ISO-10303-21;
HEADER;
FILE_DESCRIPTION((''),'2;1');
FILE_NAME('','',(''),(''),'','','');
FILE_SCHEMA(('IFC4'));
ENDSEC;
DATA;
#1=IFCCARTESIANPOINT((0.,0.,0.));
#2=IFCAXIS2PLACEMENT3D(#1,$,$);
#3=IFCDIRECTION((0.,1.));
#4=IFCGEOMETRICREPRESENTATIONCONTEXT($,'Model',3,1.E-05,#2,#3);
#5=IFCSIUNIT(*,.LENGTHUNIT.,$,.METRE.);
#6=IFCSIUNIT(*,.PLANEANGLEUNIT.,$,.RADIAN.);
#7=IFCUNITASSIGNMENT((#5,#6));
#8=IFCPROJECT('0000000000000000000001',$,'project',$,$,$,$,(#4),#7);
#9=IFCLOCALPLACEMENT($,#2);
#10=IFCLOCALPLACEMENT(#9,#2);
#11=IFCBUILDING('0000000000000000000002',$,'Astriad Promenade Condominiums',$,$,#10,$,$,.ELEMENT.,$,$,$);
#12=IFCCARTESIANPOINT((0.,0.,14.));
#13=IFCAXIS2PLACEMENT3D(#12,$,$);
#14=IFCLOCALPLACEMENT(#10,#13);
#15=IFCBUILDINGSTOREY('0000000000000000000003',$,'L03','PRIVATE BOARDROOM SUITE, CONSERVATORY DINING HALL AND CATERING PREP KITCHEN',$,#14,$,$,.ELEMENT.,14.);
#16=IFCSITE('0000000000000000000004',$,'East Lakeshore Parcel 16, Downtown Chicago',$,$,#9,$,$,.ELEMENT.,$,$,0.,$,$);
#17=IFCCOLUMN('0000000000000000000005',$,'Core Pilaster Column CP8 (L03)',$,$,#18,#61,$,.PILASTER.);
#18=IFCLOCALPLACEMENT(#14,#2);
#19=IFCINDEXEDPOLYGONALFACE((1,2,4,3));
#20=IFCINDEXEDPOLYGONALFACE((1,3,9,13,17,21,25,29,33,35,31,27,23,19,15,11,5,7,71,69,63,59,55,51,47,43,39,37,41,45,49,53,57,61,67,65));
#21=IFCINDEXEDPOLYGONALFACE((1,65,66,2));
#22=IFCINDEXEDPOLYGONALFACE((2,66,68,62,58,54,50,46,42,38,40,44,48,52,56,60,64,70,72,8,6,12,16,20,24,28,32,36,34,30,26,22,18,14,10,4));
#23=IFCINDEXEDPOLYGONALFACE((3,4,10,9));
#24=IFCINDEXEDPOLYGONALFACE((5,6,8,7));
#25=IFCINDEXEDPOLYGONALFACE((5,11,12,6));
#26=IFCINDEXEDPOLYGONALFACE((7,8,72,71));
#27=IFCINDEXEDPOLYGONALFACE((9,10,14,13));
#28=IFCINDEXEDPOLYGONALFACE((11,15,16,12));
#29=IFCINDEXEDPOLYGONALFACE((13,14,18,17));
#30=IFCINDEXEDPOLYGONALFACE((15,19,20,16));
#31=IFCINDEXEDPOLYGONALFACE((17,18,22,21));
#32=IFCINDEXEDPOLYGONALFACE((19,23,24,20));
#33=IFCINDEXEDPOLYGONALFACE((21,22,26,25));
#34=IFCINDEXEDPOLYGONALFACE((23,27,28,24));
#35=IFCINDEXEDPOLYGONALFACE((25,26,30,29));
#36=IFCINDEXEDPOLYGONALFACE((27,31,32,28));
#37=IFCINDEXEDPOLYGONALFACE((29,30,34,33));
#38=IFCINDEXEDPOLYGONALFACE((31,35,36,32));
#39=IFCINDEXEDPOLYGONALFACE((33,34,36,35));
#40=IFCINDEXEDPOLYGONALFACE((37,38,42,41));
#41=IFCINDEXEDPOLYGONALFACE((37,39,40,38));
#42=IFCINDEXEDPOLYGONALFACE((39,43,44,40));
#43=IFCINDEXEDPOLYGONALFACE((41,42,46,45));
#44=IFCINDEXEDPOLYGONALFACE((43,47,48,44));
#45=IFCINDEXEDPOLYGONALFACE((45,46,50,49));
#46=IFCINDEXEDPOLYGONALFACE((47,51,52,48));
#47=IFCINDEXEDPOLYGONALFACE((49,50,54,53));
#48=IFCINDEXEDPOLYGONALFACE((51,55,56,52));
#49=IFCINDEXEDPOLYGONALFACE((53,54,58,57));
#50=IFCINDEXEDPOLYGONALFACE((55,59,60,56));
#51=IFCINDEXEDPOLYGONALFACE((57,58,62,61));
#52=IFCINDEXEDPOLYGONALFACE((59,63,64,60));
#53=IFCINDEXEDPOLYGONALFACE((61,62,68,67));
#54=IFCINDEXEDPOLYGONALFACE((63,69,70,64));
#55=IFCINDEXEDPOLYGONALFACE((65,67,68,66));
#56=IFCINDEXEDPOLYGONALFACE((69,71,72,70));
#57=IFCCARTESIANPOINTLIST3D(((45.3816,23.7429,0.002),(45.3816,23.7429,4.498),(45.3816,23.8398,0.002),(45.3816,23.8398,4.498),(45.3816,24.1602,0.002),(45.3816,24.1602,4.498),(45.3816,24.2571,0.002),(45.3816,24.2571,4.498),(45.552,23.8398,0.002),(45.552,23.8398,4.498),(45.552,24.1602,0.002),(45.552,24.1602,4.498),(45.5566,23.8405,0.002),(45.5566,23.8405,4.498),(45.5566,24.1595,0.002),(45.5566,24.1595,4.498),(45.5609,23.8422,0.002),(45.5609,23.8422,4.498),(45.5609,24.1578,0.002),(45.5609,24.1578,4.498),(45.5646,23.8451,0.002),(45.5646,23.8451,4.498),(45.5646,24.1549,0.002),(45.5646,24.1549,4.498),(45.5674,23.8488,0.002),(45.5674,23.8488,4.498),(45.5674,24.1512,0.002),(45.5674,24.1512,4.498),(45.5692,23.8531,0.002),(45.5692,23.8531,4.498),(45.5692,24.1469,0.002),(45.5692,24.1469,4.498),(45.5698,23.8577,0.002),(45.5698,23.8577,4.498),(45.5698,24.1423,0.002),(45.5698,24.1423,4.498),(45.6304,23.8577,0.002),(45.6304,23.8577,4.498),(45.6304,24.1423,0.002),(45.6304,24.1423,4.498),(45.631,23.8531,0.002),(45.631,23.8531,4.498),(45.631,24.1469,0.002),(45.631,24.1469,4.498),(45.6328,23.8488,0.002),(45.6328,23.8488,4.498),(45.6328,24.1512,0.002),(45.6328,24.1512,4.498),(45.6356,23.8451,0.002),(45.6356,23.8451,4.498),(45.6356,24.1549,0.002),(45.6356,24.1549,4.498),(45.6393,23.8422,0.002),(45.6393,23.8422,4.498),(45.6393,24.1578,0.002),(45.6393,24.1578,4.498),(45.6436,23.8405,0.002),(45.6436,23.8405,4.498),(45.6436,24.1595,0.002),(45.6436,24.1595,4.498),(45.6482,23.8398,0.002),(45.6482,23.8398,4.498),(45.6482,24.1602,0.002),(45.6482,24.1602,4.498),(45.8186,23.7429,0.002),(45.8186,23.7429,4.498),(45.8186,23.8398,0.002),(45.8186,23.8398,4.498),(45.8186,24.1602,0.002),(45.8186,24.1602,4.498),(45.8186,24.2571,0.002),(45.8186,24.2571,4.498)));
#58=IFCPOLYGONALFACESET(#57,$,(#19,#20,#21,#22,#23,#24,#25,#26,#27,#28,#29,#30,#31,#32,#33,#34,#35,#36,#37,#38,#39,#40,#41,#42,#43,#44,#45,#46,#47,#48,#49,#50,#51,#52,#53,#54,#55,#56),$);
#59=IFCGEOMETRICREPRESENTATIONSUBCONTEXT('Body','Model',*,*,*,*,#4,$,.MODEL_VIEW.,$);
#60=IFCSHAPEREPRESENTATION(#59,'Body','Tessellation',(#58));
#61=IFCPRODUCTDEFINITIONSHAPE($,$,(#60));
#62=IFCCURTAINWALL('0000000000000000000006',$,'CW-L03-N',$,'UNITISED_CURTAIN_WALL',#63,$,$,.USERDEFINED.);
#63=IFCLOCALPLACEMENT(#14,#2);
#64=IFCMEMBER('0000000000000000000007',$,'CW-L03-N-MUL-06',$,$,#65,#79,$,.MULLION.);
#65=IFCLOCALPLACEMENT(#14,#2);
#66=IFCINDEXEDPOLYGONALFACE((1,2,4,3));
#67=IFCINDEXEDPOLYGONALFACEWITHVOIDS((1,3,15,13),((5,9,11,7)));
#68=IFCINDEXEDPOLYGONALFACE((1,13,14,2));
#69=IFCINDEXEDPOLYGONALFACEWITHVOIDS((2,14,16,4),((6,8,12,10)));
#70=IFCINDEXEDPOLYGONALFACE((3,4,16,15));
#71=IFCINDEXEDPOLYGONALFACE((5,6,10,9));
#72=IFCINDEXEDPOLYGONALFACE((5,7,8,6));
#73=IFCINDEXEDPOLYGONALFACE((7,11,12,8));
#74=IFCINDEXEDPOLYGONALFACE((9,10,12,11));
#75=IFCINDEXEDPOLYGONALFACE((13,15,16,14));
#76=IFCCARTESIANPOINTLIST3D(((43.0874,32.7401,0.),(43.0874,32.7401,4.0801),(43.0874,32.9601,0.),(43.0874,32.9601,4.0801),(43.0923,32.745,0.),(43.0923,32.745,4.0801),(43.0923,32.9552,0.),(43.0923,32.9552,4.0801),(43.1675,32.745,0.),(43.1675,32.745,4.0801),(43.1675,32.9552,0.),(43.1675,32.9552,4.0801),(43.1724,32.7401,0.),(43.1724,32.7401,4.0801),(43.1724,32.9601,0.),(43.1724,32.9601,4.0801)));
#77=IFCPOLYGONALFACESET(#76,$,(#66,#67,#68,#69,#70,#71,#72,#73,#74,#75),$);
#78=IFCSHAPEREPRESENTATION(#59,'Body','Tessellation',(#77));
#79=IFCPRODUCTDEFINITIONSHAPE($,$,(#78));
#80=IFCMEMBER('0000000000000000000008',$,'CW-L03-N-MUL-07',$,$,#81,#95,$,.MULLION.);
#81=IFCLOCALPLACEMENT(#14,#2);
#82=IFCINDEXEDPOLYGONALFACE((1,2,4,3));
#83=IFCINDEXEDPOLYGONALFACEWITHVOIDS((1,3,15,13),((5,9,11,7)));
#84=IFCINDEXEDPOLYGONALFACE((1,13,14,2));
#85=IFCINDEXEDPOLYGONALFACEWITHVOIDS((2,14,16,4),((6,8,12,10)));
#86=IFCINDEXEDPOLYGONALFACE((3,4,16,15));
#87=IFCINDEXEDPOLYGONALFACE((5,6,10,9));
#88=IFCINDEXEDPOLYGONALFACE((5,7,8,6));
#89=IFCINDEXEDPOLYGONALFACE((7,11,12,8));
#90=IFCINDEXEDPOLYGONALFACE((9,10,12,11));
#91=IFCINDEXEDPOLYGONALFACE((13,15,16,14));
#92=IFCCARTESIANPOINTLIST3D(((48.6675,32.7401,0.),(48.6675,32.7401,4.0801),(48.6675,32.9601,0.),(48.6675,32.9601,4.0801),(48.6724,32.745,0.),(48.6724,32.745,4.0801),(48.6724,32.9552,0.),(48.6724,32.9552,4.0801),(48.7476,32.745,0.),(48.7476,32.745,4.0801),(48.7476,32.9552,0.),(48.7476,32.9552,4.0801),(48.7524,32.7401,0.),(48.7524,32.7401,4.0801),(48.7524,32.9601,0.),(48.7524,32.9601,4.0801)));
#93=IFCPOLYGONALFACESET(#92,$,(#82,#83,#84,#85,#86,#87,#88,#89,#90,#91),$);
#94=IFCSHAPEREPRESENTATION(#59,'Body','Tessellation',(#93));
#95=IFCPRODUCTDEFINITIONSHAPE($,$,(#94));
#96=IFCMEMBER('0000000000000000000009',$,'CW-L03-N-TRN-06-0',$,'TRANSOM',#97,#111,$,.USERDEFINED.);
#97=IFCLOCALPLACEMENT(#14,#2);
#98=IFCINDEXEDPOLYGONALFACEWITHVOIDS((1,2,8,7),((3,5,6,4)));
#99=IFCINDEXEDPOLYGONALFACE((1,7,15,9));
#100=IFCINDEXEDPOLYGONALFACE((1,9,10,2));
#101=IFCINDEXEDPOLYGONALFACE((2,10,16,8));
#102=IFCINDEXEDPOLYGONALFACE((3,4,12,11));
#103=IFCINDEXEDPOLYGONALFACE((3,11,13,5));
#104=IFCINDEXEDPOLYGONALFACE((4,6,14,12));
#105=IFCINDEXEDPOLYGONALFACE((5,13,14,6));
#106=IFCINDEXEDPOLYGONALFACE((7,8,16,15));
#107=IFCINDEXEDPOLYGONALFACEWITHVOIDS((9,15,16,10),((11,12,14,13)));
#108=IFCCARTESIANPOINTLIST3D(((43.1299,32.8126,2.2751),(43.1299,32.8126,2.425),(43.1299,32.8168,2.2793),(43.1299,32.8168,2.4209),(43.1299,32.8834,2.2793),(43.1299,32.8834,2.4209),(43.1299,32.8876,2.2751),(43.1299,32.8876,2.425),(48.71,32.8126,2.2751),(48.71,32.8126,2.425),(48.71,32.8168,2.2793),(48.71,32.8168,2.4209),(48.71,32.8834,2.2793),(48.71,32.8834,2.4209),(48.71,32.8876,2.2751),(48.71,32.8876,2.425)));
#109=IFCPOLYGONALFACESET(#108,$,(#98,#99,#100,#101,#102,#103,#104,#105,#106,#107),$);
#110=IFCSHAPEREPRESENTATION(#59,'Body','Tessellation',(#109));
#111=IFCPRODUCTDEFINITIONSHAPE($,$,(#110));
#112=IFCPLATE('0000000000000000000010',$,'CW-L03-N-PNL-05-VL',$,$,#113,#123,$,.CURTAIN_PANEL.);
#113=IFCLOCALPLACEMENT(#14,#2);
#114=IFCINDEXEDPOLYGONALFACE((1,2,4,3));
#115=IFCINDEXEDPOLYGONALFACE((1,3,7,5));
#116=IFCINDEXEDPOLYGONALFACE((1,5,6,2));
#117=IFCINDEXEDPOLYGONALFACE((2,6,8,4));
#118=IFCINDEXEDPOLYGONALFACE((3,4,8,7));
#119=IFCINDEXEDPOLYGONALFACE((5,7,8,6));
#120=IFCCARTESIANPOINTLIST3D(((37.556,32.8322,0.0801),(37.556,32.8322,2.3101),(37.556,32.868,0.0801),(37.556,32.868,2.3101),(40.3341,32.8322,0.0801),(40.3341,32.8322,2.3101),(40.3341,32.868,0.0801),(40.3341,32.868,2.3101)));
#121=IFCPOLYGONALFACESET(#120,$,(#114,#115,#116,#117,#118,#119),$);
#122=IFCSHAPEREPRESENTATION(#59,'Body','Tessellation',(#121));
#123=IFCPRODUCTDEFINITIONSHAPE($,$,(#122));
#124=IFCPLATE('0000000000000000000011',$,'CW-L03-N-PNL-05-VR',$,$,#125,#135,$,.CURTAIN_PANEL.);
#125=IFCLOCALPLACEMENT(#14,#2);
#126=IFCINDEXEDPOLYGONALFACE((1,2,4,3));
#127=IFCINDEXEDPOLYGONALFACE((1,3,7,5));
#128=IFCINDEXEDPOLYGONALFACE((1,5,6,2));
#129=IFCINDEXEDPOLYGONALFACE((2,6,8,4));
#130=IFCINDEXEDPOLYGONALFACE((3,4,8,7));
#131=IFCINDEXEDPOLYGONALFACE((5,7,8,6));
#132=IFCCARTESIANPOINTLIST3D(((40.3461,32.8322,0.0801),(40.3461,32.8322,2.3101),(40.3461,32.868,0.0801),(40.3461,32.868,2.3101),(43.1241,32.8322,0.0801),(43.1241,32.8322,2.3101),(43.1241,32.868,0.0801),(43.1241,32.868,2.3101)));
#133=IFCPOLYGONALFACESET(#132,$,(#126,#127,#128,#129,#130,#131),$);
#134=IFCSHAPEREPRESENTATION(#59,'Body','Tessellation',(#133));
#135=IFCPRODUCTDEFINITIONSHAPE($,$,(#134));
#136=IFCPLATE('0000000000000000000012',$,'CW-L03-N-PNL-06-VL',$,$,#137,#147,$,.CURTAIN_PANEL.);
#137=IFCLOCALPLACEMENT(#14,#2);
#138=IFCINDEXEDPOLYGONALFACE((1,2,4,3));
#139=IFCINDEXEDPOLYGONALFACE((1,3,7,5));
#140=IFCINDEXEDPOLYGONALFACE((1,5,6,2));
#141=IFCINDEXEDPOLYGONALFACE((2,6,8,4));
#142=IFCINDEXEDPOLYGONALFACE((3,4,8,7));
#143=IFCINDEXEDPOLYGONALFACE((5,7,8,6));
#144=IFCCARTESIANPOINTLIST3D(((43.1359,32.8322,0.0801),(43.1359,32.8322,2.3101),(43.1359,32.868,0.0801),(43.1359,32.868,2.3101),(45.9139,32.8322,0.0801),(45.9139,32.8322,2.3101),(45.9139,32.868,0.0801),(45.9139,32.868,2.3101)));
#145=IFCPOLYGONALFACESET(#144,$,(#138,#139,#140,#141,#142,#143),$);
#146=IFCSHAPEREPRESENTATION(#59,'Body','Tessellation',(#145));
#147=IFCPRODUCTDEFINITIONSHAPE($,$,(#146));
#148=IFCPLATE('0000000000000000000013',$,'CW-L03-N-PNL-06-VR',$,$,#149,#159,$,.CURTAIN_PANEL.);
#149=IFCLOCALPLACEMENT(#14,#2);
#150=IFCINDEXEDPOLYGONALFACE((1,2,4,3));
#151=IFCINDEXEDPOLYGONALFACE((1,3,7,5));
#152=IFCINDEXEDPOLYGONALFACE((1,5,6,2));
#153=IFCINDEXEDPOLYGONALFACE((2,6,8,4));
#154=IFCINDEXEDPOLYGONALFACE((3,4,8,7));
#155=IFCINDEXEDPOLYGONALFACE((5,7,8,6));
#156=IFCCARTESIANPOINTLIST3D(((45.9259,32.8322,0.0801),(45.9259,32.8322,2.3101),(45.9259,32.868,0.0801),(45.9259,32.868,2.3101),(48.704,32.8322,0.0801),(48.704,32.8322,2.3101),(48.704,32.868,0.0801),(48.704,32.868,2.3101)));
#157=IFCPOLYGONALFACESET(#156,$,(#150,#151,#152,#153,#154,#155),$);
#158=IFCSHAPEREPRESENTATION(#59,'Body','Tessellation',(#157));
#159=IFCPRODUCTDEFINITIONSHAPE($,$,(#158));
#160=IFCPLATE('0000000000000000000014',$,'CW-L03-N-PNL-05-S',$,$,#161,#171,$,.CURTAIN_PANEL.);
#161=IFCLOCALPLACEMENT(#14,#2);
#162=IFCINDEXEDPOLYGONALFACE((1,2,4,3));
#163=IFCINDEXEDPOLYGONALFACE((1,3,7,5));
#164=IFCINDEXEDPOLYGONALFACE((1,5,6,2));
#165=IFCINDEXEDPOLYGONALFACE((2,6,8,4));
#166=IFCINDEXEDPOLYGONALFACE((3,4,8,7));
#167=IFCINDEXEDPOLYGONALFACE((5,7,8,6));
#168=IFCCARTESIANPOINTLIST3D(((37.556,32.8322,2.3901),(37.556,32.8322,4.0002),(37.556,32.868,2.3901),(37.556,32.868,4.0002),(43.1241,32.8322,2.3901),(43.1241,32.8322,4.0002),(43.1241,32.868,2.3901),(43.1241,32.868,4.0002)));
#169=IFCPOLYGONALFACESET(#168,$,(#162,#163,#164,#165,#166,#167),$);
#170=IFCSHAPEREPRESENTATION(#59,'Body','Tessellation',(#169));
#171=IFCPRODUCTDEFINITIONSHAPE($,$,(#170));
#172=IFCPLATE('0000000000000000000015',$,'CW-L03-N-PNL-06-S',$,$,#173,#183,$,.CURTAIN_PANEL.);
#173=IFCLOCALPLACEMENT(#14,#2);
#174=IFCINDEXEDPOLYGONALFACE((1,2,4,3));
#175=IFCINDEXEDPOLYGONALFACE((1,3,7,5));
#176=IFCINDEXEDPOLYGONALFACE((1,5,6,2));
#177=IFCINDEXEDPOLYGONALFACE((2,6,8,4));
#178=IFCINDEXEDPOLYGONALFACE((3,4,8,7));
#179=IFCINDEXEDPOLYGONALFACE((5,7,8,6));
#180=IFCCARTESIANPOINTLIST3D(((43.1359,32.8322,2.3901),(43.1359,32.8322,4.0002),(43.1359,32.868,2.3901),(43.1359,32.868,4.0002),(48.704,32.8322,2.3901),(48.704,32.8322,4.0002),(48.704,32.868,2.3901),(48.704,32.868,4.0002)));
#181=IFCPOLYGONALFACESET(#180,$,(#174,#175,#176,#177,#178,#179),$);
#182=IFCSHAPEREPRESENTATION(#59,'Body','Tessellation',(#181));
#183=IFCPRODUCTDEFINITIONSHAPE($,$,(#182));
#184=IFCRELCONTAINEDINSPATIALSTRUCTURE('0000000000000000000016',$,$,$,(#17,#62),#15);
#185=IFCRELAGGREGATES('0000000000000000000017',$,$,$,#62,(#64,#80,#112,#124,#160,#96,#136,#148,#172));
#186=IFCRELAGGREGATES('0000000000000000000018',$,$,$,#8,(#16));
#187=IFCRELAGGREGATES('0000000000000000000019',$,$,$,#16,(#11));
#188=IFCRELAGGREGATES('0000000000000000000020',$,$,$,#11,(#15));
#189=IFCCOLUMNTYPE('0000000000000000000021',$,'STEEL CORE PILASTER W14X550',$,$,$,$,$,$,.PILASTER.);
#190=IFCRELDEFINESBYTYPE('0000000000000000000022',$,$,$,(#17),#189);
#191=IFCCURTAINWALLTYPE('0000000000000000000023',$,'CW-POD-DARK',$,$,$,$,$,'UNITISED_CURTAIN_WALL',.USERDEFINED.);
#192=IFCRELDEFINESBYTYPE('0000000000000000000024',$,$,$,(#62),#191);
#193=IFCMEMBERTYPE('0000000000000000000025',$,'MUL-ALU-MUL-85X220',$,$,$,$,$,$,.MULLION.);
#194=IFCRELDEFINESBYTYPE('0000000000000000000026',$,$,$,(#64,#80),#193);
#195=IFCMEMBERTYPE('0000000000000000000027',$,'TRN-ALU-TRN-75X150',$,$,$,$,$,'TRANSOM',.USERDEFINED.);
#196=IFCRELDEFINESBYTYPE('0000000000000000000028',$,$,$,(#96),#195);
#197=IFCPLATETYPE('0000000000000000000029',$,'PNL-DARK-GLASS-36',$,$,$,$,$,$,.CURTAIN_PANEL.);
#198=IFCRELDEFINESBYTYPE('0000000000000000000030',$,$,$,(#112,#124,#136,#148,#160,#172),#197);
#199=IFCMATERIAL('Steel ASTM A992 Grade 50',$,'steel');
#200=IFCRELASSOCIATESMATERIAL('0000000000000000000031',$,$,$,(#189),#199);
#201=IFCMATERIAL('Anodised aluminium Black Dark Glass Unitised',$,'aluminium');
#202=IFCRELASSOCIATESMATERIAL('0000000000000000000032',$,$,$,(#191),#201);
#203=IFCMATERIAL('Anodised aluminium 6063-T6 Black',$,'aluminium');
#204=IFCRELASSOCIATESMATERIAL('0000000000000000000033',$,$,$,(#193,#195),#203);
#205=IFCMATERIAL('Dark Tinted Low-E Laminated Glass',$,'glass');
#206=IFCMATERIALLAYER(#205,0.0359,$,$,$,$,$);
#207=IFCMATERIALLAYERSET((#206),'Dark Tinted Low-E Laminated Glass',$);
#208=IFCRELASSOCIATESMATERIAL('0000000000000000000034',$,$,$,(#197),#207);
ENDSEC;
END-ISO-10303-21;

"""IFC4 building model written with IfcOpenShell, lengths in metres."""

from ifc_helpers import new_model, si_unit, direction, frame, origin, origin_2d, place, context, subcontext, project, spatial, rectangle, hollow_rectangle, i_section, extrude, source, transform, mapped, material, layer, layer_set, material_profile, profile_set, type_object, type_shapes, element, aggregate, save


model = new_model("IFC4")

# Units and contexts
model_context = context("Model", 3, precision=1e-05, world=origin(), true_north=direction((0.0, 1.0)))
body_context = subcontext(model_context, "Body", "Model", "MODEL_VIEW")
ifc_project = project(units=[si_unit("LENGTHUNIT", "METRE"), si_unit("PLANEANGLEUNIT", "RADIAN")], contexts=[model_context])

# Site, building, storey
site_placement = place(None, origin())
site = spatial("IfcSite", under=ifc_project, at=site_placement, Name="East Lakeshore Parcel 16, Downtown Chicago", CompositionType="ELEMENT", RefElevation=0.0)
building_placement = place(site_placement, origin())
building = spatial("IfcBuilding", under=site, at=building_placement, Name="Astriad Promenade Condominiums", CompositionType="ELEMENT")
storey_placement = place(building_placement, frame((0.0, 0.0, 14.0)))
storey = spatial("IfcBuildingStorey", under=building, at=storey_placement, Name="L03", Description="PRIVATE BOARDROOM SUITE, CONSERVATORY DINING HALL AND CATERING PREP KITCHEN", CompositionType="ELEMENT", Elevation=14.0)

# Column
ifc_material_1 = material(Name="Steel ASTM A992 Grade 50", Category="steel")
ifc_material_profile_1 = material_profile(ifc_material_1, i_section(OverallWidth=0.437, OverallDepth=0.5142, WebThickness=0.0605, FlangeThickness=0.0969, FilletRadius=0.0178, at=origin_2d()), Name="W14X550")
ifc_profile_set_1 = profile_set([ifc_material_profile_1], Name="Steel ASTM A992 Grade 50")
column_type = type_object("IfcColumnType", Name="STEEL CORE PILASTER W14X550", PredefinedType="PILASTER", material=ifc_profile_set_1)
shared_shape_1 = source(origin(), body_context, "Body", "SweptSolid", [
    extrude(i_section(OverallWidth=0.437, OverallDepth=0.5142, WebThickness=0.0605, FlangeThickness=0.0969, FilletRadius=0.0178, at=origin_2d()), origin(), (0.0, 0.0, 1.0), 4.4961),
])
type_shapes(column_type, [shared_shape_1])
column_placement = place(storey_placement, frame((45.6001, 24.0, 0.002), z_axis=(0.0, 0.0, 1.0), x_axis=(1.0, 0.0, 0.0)))
element("IfcColumn", 1, at=column_placement, inside=storey, type_object=column_type, Name="Core Pilaster Column CP8 (L03)", PredefinedType="PILASTER", context=body_context, shape_type="MappedRepresentation", body=[
    mapped(shared_shape_1, transform((0.0, 0.0, 0.0), scale=1.0)),
])

# Curtain wall, members, plates
ifc_material_2 = material(Name="Anodised aluminium Black Dark Glass Unitised", Category="aluminium")
curtain_wall_type = type_object("IfcCurtainWallType", Name="CW-POD-DARK", ElementType="UNITISED_CURTAIN_WALL", PredefinedType="USERDEFINED", material=ifc_material_2)
curtain_wall_placement = place(storey_placement, origin())
curtain_wall = element("IfcCurtainWall", 2, at=curtain_wall_placement, inside=storey, type_object=curtain_wall_type, Name="CW-L03-N", ObjectType="UNITISED_CURTAIN_WALL", PredefinedType="USERDEFINED")
ifc_material_3 = material(Name="Anodised aluminium 6063-T6 Black", Category="aluminium")
ifc_material_profile_2 = material_profile(ifc_material_3, hollow_rectangle(XDim=0.085, YDim=0.22, WallThickness=0.0049, at=origin_2d()), Name="ALU-MUL-85X220")
ifc_profile_set_2 = profile_set([ifc_material_profile_2], Name="Anodised aluminium 6063-T6 Black")
member_type_1 = type_object("IfcMemberType", Name="MUL-ALU-MUL-85X220", PredefinedType="MULLION", material=ifc_profile_set_2)
shared_shape_2 = source(origin(), body_context, "Body", "SweptSolid", [
    extrude(hollow_rectangle(XDim=0.085, YDim=0.22, WallThickness=0.0049, at=origin_2d()), origin(), (0.0, 0.0, 1.0), 4.0801),
])
type_shapes(member_type_1, [shared_shape_2])
member_1_placement = place(storey_placement, frame((43.1299, 32.8501, 0.0), z_axis=(0.0, 0.0, 1.0), x_axis=(1.0, 0.0, 0.0)))
member_1 = element("IfcMember", 3, at=member_1_placement, type_object=member_type_1, Name="CW-L03-N-MUL-06", PredefinedType="MULLION", context=body_context, shape_type="MappedRepresentation", body=[
    mapped(shared_shape_2, transform((0.0, 0.0, 0.0), scale=1.0)),
])
member_2_placement = place(storey_placement, frame((48.71, 32.8501, 0.0), z_axis=(0.0, 0.0, 1.0), x_axis=(1.0, 0.0, 0.0)))
member_2 = element("IfcMember", 4, at=member_2_placement, type_object=member_type_1, Name="CW-L03-N-MUL-07", PredefinedType="MULLION", context=body_context, shape_type="MappedRepresentation", body=[
    mapped(shared_shape_2, transform((0.0, 0.0, 0.0), scale=1.0)),
])
ifc_material_profile_3 = material_profile(ifc_material_3, hollow_rectangle(XDim=0.075, YDim=0.1499, WallThickness=0.0042, at=origin_2d()), Name="ALU-TRN-75X150")
ifc_profile_set_3 = profile_set([ifc_material_profile_3], Name="Anodised aluminium 6063-T6 Black")
member_type_2 = type_object("IfcMemberType", Name="TRN-ALU-TRN-75X150", ElementType="TRANSOM", PredefinedType="USERDEFINED", material=ifc_profile_set_3)
shared_shape_3 = source(origin(), body_context, "Body", "SweptSolid", [
    extrude(hollow_rectangle(XDim=0.075, YDim=0.1499, WallThickness=0.0042, at=origin_2d()), origin(), (0.0, 0.0, 1.0), 5.5801),
])
type_shapes(member_type_2, [shared_shape_3])
member_3_placement = place(storey_placement, frame((43.1299, 32.8501, 2.3501), z_axis=(1.0, 0.0, 0.0), x_axis=(0.0, 1.0, 0.0)))
member_3 = element("IfcMember", 5, at=member_3_placement, type_object=member_type_2, Name="CW-L03-N-TRN-06-0", ObjectType="TRANSOM", PredefinedType="USERDEFINED", context=body_context, shape_type="MappedRepresentation", body=[
    mapped(shared_shape_3, transform((0.0, 0.0, 0.0), scale=1.0)),
])
ifc_material_4 = material(Name="Dark Tinted Low-E Laminated Glass", Category="glass")
ifc_layer_1 = layer(ifc_material_4, 0.0359)
ifc_layer_set_1 = layer_set([ifc_layer_1], Name="Dark Tinted Low-E Laminated Glass")
plate_type = type_object("IfcPlateType", Name="PNL-DARK-GLASS-36", PredefinedType="CURTAIN_PANEL", material=ifc_layer_set_1)
shared_shape_4 = source(origin(), body_context, "Body", "SweptSolid", [
    extrude(rectangle(XDim=2.7781, YDim=0.0359, at=origin_2d()), origin(), (0.0, 0.0, 1.0), 2.23),
])
plate_1_placement = place(storey_placement, frame((38.9451, 32.8501, 0.0801), z_axis=(0.0, 0.0, 1.0), x_axis=(1.0, 0.0, 0.0)))
plate_1 = element("IfcPlate", 6, at=plate_1_placement, type_object=plate_type, Name="CW-L03-N-PNL-05-VL", PredefinedType="CURTAIN_PANEL", context=body_context, shape_type="MappedRepresentation", body=[
    mapped(shared_shape_4, transform((0.0, 0.0, 0.0), scale=1.0)),
])
plate_2_placement = place(storey_placement, frame((41.7351, 32.8501, 0.0801), z_axis=(0.0, 0.0, 1.0), x_axis=(1.0, 0.0, 0.0)))
plate_2 = element("IfcPlate", 7, at=plate_2_placement, type_object=plate_type, Name="CW-L03-N-PNL-05-VR", PredefinedType="CURTAIN_PANEL", context=body_context, shape_type="MappedRepresentation", body=[
    mapped(shared_shape_4, transform((0.0, 0.0, 0.0), scale=1.0)),
])
plate_3_placement = place(storey_placement, frame((44.5249, 32.8501, 0.0801), z_axis=(0.0, 0.0, 1.0), x_axis=(1.0, 0.0, 0.0)))
plate_3 = element("IfcPlate", 8, at=plate_3_placement, type_object=plate_type, Name="CW-L03-N-PNL-06-VL", PredefinedType="CURTAIN_PANEL", context=body_context, shape_type="MappedRepresentation", body=[
    mapped(shared_shape_4, transform((0.0, 0.0, 0.0), scale=1.0)),
])
plate_4_placement = place(storey_placement, frame((47.3149, 32.8501, 0.0801), z_axis=(0.0, 0.0, 1.0), x_axis=(1.0, 0.0, 0.0)))
plate_4 = element("IfcPlate", 9, at=plate_4_placement, type_object=plate_type, Name="CW-L03-N-PNL-06-VR", PredefinedType="CURTAIN_PANEL", context=body_context, shape_type="MappedRepresentation", body=[
    mapped(shared_shape_4, transform((0.0, 0.0, 0.0), scale=1.0)),
])
shared_shape_5 = source(origin(), body_context, "Body", "SweptSolid", [
    extrude(rectangle(XDim=5.5681, YDim=0.0359, at=origin_2d()), origin(), (0.0, 0.0, 1.0), 1.6101),
])
type_shapes(plate_type, [shared_shape_4, shared_shape_5])
plate_5_placement = place(storey_placement, frame((40.3401, 32.8501, 2.3901), z_axis=(0.0, 0.0, 1.0), x_axis=(1.0, 0.0, 0.0)))
plate_5 = element("IfcPlate", 10, at=plate_5_placement, type_object=plate_type, Name="CW-L03-N-PNL-05-S", PredefinedType="CURTAIN_PANEL", context=body_context, shape_type="MappedRepresentation", body=[
    mapped(shared_shape_5, transform((0.0, 0.0, 0.0), scale=1.0)),
])
plate_6_placement = place(storey_placement, frame((45.9199, 32.8501, 2.3901), z_axis=(0.0, 0.0, 1.0), x_axis=(1.0, 0.0, 0.0)))
plate_6 = element("IfcPlate", 11, at=plate_6_placement, type_object=plate_type, Name="CW-L03-N-PNL-06-S", PredefinedType="CURTAIN_PANEL", context=body_context, shape_type="MappedRepresentation", body=[
    mapped(shared_shape_5, transform((0.0, 0.0, 0.0), scale=1.0)),
])
aggregate(curtain_wall, [member_1, member_2, plate_1, plate_2, plate_5, member_3, plate_3, plate_4, plate_6])

save(model, "model.ifc")
